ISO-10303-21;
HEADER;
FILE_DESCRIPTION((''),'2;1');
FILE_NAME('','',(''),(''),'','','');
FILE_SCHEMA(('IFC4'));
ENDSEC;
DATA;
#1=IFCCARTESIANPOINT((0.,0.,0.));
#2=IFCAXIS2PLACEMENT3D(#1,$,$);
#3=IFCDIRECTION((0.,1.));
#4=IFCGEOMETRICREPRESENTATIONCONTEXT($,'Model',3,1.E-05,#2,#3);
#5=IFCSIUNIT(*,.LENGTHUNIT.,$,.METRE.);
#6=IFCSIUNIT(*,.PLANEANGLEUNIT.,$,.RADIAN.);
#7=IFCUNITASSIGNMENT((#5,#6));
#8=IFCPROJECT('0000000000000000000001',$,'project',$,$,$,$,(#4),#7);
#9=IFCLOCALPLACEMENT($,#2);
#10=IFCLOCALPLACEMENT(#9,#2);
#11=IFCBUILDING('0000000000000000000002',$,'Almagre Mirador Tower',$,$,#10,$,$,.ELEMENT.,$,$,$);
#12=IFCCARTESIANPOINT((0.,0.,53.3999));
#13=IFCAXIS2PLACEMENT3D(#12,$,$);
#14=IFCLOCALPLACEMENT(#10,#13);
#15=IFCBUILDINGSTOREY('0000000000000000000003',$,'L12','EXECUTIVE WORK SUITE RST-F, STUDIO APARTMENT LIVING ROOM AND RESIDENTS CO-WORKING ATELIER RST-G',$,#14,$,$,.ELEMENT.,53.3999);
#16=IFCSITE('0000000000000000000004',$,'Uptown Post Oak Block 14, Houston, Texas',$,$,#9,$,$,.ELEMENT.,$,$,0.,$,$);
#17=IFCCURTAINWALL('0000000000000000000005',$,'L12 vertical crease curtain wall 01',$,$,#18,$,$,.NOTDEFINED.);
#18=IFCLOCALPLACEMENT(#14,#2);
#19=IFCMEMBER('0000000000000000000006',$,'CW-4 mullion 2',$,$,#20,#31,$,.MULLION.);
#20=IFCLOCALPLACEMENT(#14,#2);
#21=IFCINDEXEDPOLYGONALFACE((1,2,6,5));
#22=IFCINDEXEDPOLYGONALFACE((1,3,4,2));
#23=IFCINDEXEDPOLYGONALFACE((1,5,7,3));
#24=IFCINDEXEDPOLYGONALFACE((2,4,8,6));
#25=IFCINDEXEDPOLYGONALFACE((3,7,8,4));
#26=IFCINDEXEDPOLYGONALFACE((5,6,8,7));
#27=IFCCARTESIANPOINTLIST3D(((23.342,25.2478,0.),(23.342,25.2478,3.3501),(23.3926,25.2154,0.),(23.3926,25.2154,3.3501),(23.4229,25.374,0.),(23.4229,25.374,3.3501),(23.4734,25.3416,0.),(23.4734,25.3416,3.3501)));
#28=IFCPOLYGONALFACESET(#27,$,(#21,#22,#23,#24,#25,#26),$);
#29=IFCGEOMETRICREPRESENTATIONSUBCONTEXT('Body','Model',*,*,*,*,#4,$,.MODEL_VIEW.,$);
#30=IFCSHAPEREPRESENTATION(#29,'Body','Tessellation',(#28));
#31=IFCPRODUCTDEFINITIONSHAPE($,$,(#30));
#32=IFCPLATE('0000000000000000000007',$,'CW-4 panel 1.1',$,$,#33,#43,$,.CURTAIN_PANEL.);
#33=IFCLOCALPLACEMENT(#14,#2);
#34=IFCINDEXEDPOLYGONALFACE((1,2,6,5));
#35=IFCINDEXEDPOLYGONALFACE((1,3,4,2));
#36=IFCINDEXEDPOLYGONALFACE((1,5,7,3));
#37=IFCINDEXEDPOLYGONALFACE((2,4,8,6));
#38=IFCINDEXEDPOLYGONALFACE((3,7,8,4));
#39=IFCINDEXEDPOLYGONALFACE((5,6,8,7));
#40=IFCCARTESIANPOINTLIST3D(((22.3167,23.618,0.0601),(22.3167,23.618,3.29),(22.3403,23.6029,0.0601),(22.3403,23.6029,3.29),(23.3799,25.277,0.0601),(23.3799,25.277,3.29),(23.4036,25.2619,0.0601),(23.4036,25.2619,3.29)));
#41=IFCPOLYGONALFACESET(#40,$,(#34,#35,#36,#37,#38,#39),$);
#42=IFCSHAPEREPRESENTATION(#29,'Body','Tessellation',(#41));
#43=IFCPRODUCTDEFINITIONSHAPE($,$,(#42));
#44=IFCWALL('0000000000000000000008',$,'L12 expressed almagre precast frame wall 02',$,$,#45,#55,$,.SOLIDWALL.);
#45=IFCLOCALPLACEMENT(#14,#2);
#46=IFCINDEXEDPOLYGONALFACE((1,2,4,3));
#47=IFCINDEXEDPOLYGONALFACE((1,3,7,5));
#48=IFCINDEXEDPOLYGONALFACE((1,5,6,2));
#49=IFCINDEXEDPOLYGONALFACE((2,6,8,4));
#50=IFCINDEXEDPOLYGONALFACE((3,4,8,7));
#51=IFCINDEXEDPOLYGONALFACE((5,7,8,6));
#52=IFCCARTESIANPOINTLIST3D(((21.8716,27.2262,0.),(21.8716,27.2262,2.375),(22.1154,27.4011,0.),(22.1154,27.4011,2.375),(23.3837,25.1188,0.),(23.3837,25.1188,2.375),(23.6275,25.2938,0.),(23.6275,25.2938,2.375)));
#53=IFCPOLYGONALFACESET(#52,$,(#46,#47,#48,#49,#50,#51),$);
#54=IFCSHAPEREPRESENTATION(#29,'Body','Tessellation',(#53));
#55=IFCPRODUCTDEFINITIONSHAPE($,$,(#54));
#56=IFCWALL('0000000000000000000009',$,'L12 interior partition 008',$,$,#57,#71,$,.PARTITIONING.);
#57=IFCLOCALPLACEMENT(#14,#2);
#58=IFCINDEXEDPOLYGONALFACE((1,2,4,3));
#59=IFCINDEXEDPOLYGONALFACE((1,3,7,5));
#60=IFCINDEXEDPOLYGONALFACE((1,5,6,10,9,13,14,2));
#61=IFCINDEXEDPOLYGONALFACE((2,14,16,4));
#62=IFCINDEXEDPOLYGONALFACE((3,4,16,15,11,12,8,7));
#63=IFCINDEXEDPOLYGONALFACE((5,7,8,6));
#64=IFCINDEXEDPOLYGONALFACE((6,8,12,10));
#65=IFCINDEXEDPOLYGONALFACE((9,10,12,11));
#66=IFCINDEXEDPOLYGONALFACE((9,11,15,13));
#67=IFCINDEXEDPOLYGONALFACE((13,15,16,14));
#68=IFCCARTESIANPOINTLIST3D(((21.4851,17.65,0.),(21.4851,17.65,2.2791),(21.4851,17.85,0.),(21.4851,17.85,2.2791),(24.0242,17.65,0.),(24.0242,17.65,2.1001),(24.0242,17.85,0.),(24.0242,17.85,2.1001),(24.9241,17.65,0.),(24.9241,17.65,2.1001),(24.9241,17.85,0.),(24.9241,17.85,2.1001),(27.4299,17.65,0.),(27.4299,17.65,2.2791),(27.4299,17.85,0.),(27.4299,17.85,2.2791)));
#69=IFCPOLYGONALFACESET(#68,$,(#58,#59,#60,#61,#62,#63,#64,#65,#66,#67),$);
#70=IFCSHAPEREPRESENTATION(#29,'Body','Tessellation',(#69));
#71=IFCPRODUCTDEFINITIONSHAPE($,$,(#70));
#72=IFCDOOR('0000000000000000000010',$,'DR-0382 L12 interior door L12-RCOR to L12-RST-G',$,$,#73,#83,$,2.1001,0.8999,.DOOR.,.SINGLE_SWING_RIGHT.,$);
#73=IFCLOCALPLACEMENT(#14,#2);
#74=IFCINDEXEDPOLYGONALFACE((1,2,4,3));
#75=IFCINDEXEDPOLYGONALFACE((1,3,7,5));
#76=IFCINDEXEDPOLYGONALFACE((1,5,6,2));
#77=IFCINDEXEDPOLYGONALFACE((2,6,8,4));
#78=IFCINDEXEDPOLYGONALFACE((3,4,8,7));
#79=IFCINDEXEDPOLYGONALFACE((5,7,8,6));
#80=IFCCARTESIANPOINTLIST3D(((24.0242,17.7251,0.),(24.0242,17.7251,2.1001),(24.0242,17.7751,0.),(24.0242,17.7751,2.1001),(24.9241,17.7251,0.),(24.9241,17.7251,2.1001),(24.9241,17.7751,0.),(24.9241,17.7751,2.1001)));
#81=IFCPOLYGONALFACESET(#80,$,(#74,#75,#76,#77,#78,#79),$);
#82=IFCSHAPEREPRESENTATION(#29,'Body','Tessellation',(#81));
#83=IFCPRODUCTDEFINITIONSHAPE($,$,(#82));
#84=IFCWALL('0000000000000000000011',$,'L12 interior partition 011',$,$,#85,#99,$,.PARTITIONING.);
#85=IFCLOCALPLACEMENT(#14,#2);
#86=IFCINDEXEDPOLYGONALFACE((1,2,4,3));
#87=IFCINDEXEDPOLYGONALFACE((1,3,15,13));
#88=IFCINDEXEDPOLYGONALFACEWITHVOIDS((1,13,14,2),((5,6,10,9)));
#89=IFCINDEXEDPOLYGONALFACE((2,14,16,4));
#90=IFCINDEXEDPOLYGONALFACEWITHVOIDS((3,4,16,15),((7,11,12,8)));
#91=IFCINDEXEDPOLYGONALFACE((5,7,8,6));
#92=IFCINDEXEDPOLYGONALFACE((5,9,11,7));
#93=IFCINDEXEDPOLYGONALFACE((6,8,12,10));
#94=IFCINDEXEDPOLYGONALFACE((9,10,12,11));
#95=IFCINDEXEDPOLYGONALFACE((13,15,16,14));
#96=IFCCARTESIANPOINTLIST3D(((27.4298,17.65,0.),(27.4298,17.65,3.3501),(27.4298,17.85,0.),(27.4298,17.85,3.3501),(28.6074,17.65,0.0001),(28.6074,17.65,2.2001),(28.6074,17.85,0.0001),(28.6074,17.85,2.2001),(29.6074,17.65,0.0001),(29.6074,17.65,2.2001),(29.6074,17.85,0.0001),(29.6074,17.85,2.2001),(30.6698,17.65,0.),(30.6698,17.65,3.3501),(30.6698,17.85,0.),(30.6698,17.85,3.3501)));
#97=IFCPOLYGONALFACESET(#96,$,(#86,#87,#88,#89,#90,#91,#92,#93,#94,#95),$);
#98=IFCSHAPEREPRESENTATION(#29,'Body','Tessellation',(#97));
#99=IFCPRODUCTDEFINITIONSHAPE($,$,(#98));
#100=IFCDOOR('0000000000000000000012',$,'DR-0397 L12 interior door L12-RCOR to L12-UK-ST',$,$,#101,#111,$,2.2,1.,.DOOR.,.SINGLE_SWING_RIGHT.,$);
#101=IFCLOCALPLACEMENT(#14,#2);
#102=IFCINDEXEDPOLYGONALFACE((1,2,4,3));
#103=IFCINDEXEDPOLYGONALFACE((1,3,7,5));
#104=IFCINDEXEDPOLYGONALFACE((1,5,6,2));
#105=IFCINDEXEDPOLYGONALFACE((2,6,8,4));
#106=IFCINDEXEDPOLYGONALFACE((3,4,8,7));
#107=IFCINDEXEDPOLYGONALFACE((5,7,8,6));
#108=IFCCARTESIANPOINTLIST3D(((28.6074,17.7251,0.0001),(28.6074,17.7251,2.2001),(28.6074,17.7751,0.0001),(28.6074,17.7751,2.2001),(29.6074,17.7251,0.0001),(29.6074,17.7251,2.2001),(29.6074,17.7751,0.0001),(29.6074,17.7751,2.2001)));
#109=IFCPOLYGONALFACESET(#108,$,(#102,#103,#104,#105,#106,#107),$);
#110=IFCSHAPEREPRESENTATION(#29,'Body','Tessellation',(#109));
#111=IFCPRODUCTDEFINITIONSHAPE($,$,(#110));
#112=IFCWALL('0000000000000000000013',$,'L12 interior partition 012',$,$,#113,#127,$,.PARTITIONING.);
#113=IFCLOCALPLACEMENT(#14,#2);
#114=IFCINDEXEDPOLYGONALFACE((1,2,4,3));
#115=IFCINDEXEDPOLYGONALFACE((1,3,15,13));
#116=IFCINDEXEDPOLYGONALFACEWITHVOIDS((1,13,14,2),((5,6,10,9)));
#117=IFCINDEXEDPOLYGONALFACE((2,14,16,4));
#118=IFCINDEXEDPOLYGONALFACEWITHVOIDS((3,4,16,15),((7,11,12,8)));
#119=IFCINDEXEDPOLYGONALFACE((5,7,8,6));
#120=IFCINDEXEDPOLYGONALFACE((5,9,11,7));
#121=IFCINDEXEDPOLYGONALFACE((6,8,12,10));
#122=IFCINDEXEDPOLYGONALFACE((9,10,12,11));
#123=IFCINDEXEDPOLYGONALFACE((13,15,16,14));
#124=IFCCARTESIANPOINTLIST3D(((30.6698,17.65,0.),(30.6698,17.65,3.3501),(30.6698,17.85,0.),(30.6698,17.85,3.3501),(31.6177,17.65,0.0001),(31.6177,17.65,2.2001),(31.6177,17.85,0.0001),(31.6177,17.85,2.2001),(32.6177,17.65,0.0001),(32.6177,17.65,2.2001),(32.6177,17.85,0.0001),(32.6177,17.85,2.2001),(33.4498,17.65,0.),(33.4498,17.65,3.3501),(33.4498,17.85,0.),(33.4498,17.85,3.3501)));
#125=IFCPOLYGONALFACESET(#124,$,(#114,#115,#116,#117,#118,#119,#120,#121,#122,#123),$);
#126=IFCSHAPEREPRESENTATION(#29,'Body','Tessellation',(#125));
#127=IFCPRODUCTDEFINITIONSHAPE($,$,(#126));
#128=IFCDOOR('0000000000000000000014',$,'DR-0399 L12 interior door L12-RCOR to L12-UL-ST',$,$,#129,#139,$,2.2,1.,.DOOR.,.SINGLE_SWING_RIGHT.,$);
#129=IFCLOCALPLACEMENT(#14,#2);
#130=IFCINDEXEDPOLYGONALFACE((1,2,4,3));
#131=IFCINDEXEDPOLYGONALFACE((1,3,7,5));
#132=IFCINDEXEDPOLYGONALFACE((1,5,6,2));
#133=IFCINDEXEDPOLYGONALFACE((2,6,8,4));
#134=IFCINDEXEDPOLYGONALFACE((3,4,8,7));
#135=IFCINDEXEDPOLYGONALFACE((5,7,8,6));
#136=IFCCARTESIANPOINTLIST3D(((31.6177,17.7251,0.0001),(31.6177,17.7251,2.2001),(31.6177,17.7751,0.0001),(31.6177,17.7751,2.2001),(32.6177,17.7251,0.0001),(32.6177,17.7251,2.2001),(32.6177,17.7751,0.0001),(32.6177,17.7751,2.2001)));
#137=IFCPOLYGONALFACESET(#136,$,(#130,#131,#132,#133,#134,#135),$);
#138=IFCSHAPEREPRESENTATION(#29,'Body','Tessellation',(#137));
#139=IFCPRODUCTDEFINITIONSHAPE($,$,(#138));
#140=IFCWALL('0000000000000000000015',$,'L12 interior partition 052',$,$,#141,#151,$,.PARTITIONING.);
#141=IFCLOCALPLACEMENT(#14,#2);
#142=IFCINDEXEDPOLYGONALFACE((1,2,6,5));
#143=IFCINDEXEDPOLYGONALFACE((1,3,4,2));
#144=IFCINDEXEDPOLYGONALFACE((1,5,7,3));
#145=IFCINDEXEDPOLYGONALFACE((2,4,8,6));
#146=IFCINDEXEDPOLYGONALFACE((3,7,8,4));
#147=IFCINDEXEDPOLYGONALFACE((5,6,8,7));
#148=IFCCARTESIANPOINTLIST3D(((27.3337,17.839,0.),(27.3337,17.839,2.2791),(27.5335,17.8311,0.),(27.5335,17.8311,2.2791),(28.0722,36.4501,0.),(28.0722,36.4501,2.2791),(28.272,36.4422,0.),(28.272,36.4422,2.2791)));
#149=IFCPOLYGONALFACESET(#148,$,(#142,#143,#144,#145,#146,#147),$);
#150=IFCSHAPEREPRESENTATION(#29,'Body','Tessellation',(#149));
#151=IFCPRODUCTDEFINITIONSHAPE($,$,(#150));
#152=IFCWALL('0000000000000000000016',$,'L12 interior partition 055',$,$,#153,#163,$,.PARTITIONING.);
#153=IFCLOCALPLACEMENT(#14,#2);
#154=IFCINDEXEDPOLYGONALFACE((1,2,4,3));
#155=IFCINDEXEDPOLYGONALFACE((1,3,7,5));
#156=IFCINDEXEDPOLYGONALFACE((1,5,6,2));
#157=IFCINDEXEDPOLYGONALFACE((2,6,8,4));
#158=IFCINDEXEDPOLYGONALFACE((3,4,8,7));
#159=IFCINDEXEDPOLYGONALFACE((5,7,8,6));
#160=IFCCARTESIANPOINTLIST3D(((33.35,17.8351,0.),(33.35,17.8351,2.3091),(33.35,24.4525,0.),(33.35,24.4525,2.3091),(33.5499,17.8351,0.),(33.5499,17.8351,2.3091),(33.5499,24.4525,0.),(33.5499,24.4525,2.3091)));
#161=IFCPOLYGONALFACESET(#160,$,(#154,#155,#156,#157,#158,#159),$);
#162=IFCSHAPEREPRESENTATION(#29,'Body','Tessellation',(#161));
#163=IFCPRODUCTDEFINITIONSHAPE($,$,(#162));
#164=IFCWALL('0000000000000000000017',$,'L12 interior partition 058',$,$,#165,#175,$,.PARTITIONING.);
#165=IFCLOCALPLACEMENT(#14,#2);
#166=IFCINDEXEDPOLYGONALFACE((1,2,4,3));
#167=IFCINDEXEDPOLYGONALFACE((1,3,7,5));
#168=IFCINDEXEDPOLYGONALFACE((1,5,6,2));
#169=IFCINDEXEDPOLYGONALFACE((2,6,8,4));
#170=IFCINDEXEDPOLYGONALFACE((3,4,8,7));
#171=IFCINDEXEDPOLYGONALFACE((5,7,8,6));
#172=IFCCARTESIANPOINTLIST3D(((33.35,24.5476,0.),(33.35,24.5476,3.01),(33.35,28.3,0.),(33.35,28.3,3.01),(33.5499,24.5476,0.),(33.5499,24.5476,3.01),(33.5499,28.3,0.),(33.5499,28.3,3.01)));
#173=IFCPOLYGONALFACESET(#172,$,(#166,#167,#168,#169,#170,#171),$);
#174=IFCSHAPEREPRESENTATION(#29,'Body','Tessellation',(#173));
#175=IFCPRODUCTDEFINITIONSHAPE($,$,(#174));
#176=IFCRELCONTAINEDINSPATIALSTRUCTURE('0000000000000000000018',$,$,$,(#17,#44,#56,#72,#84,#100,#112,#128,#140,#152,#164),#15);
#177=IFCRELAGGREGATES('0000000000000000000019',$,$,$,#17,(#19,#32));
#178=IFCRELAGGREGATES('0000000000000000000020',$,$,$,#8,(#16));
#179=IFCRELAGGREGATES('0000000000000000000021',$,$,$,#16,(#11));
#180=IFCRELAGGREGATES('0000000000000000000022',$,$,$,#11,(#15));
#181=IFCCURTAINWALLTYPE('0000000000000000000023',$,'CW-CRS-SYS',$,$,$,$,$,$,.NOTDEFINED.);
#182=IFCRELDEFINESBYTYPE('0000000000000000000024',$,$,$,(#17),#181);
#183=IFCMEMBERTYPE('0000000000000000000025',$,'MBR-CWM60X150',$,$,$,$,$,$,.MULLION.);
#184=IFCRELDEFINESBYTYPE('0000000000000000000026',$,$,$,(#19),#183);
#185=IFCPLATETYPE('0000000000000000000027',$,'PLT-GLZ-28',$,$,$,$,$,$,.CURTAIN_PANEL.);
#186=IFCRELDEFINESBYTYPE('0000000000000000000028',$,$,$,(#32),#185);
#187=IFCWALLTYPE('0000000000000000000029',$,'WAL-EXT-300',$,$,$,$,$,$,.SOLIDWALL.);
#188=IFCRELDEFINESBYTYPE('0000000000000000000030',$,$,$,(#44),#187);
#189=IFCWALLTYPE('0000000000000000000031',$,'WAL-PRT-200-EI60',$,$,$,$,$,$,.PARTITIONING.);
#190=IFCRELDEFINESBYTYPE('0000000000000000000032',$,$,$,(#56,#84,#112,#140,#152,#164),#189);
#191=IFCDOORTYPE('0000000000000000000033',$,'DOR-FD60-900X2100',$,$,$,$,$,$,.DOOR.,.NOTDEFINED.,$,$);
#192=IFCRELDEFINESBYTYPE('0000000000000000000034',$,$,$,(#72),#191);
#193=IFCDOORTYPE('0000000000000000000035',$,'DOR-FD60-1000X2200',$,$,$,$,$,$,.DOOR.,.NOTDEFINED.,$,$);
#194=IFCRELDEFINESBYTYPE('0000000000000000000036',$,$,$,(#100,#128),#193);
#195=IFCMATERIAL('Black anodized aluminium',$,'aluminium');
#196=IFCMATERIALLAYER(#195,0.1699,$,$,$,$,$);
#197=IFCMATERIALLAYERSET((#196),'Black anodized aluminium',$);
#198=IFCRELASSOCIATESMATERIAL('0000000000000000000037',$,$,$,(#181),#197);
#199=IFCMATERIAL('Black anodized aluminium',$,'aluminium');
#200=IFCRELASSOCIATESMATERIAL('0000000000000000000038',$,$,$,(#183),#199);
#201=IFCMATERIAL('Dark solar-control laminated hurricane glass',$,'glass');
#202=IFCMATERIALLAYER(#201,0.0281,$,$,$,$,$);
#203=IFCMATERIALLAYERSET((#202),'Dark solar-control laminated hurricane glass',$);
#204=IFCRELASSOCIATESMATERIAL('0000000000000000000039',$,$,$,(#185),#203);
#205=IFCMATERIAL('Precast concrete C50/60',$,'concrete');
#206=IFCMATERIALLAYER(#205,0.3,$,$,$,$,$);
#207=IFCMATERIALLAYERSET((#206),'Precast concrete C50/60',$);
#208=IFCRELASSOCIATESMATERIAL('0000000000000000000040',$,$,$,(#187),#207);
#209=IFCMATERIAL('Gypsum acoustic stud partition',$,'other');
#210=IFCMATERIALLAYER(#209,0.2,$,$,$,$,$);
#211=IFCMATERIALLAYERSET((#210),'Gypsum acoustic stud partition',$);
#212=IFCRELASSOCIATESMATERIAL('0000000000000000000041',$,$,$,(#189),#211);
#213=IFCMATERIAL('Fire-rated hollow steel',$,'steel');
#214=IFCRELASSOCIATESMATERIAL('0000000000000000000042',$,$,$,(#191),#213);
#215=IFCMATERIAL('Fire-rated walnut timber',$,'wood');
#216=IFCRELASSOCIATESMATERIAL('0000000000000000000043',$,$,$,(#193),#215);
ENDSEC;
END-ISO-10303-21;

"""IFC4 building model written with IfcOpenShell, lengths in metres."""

from ifc_helpers import new_model, si_unit, direction, frame, frame_2d, origin, origin_2d, place, context, subcontext, project, spatial, rectangle, extrude, material, layer, layer_set, material_profile, profile_set, type_object, element, fill, aggregate, save


model = new_model("IFC4")

# Units and contexts
model_context = context("Model", 3, precision=1e-05, world=origin(), true_north=direction((0.0, 1.0)))
body_context = subcontext(model_context, "Body", "Model", "MODEL_VIEW")
ifc_project = project(units=[si_unit("LENGTHUNIT", "METRE"), si_unit("PLANEANGLEUNIT", "RADIAN")], contexts=[model_context])

# Site, building, storey
site_placement = place(None, origin())
site = spatial("IfcSite", under=ifc_project, at=site_placement, Name="Uptown Post Oak Block 14, Houston, Texas", CompositionType="ELEMENT", RefElevation=0.0)
building_placement = place(site_placement, origin())
building = spatial("IfcBuilding", under=site, at=building_placement, Name="Almagre Mirador Tower", CompositionType="ELEMENT")
storey_placement = place(building_placement, frame((0.0, 0.0, 53.3999)))
storey = spatial("IfcBuildingStorey", under=building, at=storey_placement, Name="L12", Description="EXECUTIVE WORK SUITE RST-F, STUDIO APARTMENT LIVING ROOM AND RESIDENTS CO-WORKING ATELIER RST-G", CompositionType="ELEMENT", Elevation=53.3999)

# Curtain wall, member, plate
ifc_material_1 = material(Name="Black anodized aluminium", Category="aluminium")
ifc_layer_1 = layer(ifc_material_1, 0.1699)
ifc_layer_set_1 = layer_set([ifc_layer_1], Name="Black anodized aluminium")
curtain_wall_type = type_object("IfcCurtainWallType", Name="CW-CRS-SYS", PredefinedType="NOTDEFINED", material=ifc_layer_set_1)
curtain_wall_placement = place(storey_placement, origin())
curtain_wall = element("IfcCurtainWall", 1, at=curtain_wall_placement, inside=storey, type_object=curtain_wall_type, Name="L12 vertical crease curtain wall 01", PredefinedType="NOTDEFINED")
ifc_material_2 = material(Name="Black anodized aluminium", Category="aluminium")
ifc_material_profile_1 = material_profile(ifc_material_2, rectangle(XDim=0.0601, YDim=0.1499, at=origin_2d()), Name="CWM60X150")
ifc_profile_set_1 = profile_set([ifc_material_profile_1], Name="Black anodized aluminium")
member_type = type_object("IfcMemberType", Name="MBR-CWM60X150", PredefinedType="MULLION", material=ifc_profile_set_1)
member_placement = place(storey_placement, frame((23.4077, 25.2947, 0.0), z_axis=(0.0, 0.0, 1.0), x_axis=(-0.841924, 0.539597, 0.0)))
member = element("IfcMember", 2, at=member_placement, type_object=member_type, Name="CW-4 mullion 2", PredefinedType="MULLION", context=body_context, shape_type="SweptSolid", body=[
    extrude(rectangle(XDim=0.0601, YDim=0.1499, at=origin_2d()), origin(), (0.0, 0.0, 1.0), 3.3501),
])
ifc_material_3 = material(Name="Dark solar-control laminated hurricane glass", Category="glass")
ifc_layer_2 = layer(ifc_material_3, 0.0281)
ifc_layer_set_2 = layer_set([ifc_layer_2], Name="Dark solar-control laminated hurricane glass")
plate_type = type_object("IfcPlateType", Name="PLT-GLZ-28", PredefinedType="CURTAIN_PANEL", material=ifc_layer_set_2)
plate_placement = place(storey_placement, frame((22.8601, 24.4399, 0.0601), z_axis=(0.0, 0.0, 1.0), x_axis=(0.539597, 0.841924, 0.0)))
plate = element("IfcPlate", 3, at=plate_placement, type_object=plate_type, Name="CW-4 panel 1.1", PredefinedType="CURTAIN_PANEL", context=body_context, shape_type="SweptSolid", body=[
    extrude(rectangle(XDim=1.9705, YDim=0.0281, at=origin_2d()), origin(), (0.0, 0.0, 1.0), 3.23),
])
aggregate(curtain_wall, [member, plate])

# Wall
ifc_material_4 = material(Name="Precast concrete C50/60", Category="concrete")
ifc_layer_3 = layer(ifc_material_4, 0.3)
ifc_layer_set_3 = layer_set([ifc_layer_3], Name="Precast concrete C50/60")
wall_type_1 = type_object("IfcWallType", Name="WAL-EXT-300", PredefinedType="SOLIDWALL", material=ifc_layer_set_3)
wall_1_placement = place(storey_placement, frame((23.5056, 25.2063, 0.0), z_axis=(0.0, 0.0, 1.0), x_axis=(-0.583, 0.812472, 0.0)))
element("IfcWall", 4, at=wall_1_placement, inside=storey, type_object=wall_type_1, Name="L12 expressed almagre precast frame wall 02", PredefinedType="SOLIDWALL", context=body_context, shape_type="SweptSolid", body=[
    extrude(rectangle(XDim=2.5938, YDim=0.3, at=frame_2d((1.2969, 0.0))), origin(), (0.0, 0.0, 1.0), 2.375),
])

# Walls, openings, doors
ifc_material_5 = material(Name="Gypsum acoustic stud partition", Category="other")
ifc_layer_4 = layer(ifc_material_5, 0.2)
ifc_layer_set_4 = layer_set([ifc_layer_4], Name="Gypsum acoustic stud partition")
wall_type_2 = type_object("IfcWallType", Name="WAL-PRT-200-EI60", PredefinedType="PARTITIONING", material=ifc_layer_set_4)
wall_2_placement = place(storey_placement, frame((27.4299, 17.75, 0.0), z_axis=(0.0, 0.0, 1.0), x_axis=(-1.0, 0.0, 0.0)))
wall_2 = element("IfcWall", 5, at=wall_2_placement, inside=storey, type_object=wall_type_2, Name="L12 interior partition 008", PredefinedType="PARTITIONING", context=body_context, shape_type="SweptSolid", body=[
    extrude(rectangle(XDim=5.9448, YDim=0.2, at=frame_2d((2.9724, 0.0))), origin(), (0.0, 0.0, 1.0), 2.2791),
])
opening_1_placement = place(wall_2_placement, frame((2.5059, 0.0, 0.0)))
opening_1 = element("IfcOpeningElement", 6, at=opening_1_placement, cuts=wall_2, PredefinedType="OPENING", context=body_context, shape_type="SweptSolid", body=[
    extrude(rectangle(XDim=0.8999, YDim=2.1001, at=frame_2d((0.45, 1.05))), frame((0.0, 0.1101, 0.0), z_axis=(0.0, -1.0, 0.0), x_axis=(1.0, 0.0, 0.0)), (0.0, 0.0, 1.0), 0.22),
])
ifc_material_6 = material(Name="Fire-rated hollow steel", Category="steel")
door_type_1 = type_object("IfcDoorType", Name="DOR-FD60-900X2100", OperationType="NOTDEFINED", PredefinedType="DOOR", material=ifc_material_6)
door_1_placement = place(opening_1_placement, origin())
door_1 = element("IfcDoor", 7, at=door_1_placement, inside=storey, type_object=door_type_1, Name="DR-0382 L12 interior door L12-RCOR to L12-RST-G", OperationType="SINGLE_SWING_RIGHT", OverallHeight=2.1001, OverallWidth=0.8999, PredefinedType="DOOR", context=body_context, shape_type="SweptSolid", body=[
    extrude(rectangle(XDim=0.8999, YDim=2.1001, at=frame_2d((0.45, 1.05))), frame((0.0, 0.0249, 0.0), z_axis=(0.0, -1.0, 0.0), x_axis=(1.0, 0.0, 0.0)), (0.0, 0.0, 1.0), 0.05),
])
fill(opening_1, door_1)
wall_3_placement = place(storey_placement, frame((30.6699, 17.75, 0.0), z_axis=(0.0, 0.0, 1.0), x_axis=(-1.0, 0.0, 0.0)))
wall_3 = element("IfcWall", 8, at=wall_3_placement, inside=storey, type_object=wall_type_2, Name="L12 interior partition 011", PredefinedType="PARTITIONING", context=body_context, shape_type="SweptSolid", body=[
    extrude(rectangle(XDim=3.24, YDim=0.2, at=frame_2d((1.6201, 0.0))), origin(), (0.0, 0.0, 1.0), 3.3501),
])
opening_2_placement = place(wall_3_placement, frame((1.0625, 0.0, 0.0)))
opening_2 = element("IfcOpeningElement", 9, at=opening_2_placement, cuts=wall_3, PredefinedType="OPENING", context=body_context, shape_type="SweptSolid", body=[
    extrude(rectangle(XDim=1.0, YDim=2.2, at=frame_2d((0.5, 1.1001))), frame((0.0, 0.1101, 0.0), z_axis=(0.0, -1.0, 0.0), x_axis=(1.0, 0.0, 0.0)), (0.0, 0.0, 1.0), 0.22),
])
ifc_material_7 = material(Name="Fire-rated walnut timber", Category="wood")
door_type_2 = type_object("IfcDoorType", Name="DOR-FD60-1000X2200", OperationType="NOTDEFINED", PredefinedType="DOOR", material=ifc_material_7)
door_2_placement = place(opening_2_placement, origin())
door_2 = element("IfcDoor", 10, at=door_2_placement, inside=storey, type_object=door_type_2, Name="DR-0397 L12 interior door L12-RCOR to L12-UK-ST", OperationType="SINGLE_SWING_RIGHT", OverallHeight=2.2, OverallWidth=1.0, PredefinedType="DOOR", context=body_context, shape_type="SweptSolid", body=[
    extrude(rectangle(XDim=1.0, YDim=2.2, at=frame_2d((0.5, 1.1001))), frame((0.0, 0.0249, 0.0), z_axis=(0.0, -1.0, 0.0), x_axis=(1.0, 0.0, 0.0)), (0.0, 0.0, 1.0), 0.05),
])
fill(opening_2, door_2)
wall_4_placement = place(storey_placement, frame((33.45, 17.75, 0.0), z_axis=(0.0, 0.0, 1.0), x_axis=(-1.0, 0.0, 0.0)))
wall_4 = element("IfcWall", 11, at=wall_4_placement, inside=storey, type_object=wall_type_2, Name="L12 interior partition 012", PredefinedType="PARTITIONING", context=body_context, shape_type="SweptSolid", body=[
    extrude(rectangle(XDim=2.78, YDim=0.2, at=frame_2d((1.3901, 0.0))), origin(), (0.0, 0.0, 1.0), 3.3501),
])
opening_3_placement = place(wall_4_placement, frame((0.8323, 0.0, 0.0)))
opening_3 = element("IfcOpeningElement", 12, at=opening_3_placement, cuts=wall_4, PredefinedType="OPENING", context=body_context, shape_type="SweptSolid", body=[
    extrude(rectangle(XDim=1.0, YDim=2.2, at=frame_2d((0.5, 1.1001))), frame((0.0, 0.1101, 0.0), z_axis=(0.0, -1.0, 0.0), x_axis=(1.0, 0.0, 0.0)), (0.0, 0.0, 1.0), 0.22),
])
door_3_placement = place(opening_3_placement, origin())
door_3 = element("IfcDoor", 13, at=door_3_placement, inside=storey, type_object=door_type_2, Name="DR-0399 L12 interior door L12-RCOR to L12-UL-ST", OperationType="SINGLE_SWING_RIGHT", OverallHeight=2.2, OverallWidth=1.0, PredefinedType="DOOR", context=body_context, shape_type="SweptSolid", body=[
    extrude(rectangle(XDim=1.0, YDim=2.2, at=frame_2d((0.5, 1.1001))), frame((0.0, 0.0249, 0.0), z_axis=(0.0, -1.0, 0.0), x_axis=(1.0, 0.0, 0.0)), (0.0, 0.0, 1.0), 0.05),
])
fill(opening_3, door_3)

# Walls
wall_5_placement = place(storey_placement, frame((27.4336, 17.835, 0.0), z_axis=(0.0, 0.0, 1.0), x_axis=(0.039651, 0.999214, 0.0)))
element("IfcWall", 14, at=wall_5_placement, inside=storey, type_object=wall_type_2, Name="L12 interior partition 052", PredefinedType="PARTITIONING", context=body_context, shape_type="SweptSolid", body=[
    extrude(rectangle(XDim=18.6257, YDim=0.2, at=frame_2d((9.313, 0.0))), origin(), (0.0, 0.0, 1.0), 2.2791),
])
wall_6_placement = place(storey_placement, frame((33.45, 24.4524, 0.0), z_axis=(0.0, 0.0, 1.0), x_axis=(0.0, -1.0, 0.0)))
element("IfcWall", 15, at=wall_6_placement, inside=storey, type_object=wall_type_2, Name="L12 interior partition 055", PredefinedType="PARTITIONING", context=body_context, shape_type="SweptSolid", body=[
    extrude(rectangle(XDim=6.6174, YDim=0.2, at=frame_2d((3.3086, 0.0))), origin(), (0.0, 0.0, 1.0), 2.3091),
])
wall_7_placement = place(storey_placement, frame((33.45, 28.3, 0.0), z_axis=(0.0, 0.0, 1.0), x_axis=(0.0, -1.0, 0.0)))
element("IfcWall", 16, at=wall_7_placement, inside=storey, type_object=wall_type_2, Name="L12 interior partition 058", PredefinedType="PARTITIONING", context=body_context, shape_type="SweptSolid", body=[
    extrude(rectangle(XDim=3.7524, YDim=0.2, at=frame_2d((1.8762, 0.0))), origin(), (0.0, 0.0, 1.0), 3.01),
])

save(model, "model.ifc")
